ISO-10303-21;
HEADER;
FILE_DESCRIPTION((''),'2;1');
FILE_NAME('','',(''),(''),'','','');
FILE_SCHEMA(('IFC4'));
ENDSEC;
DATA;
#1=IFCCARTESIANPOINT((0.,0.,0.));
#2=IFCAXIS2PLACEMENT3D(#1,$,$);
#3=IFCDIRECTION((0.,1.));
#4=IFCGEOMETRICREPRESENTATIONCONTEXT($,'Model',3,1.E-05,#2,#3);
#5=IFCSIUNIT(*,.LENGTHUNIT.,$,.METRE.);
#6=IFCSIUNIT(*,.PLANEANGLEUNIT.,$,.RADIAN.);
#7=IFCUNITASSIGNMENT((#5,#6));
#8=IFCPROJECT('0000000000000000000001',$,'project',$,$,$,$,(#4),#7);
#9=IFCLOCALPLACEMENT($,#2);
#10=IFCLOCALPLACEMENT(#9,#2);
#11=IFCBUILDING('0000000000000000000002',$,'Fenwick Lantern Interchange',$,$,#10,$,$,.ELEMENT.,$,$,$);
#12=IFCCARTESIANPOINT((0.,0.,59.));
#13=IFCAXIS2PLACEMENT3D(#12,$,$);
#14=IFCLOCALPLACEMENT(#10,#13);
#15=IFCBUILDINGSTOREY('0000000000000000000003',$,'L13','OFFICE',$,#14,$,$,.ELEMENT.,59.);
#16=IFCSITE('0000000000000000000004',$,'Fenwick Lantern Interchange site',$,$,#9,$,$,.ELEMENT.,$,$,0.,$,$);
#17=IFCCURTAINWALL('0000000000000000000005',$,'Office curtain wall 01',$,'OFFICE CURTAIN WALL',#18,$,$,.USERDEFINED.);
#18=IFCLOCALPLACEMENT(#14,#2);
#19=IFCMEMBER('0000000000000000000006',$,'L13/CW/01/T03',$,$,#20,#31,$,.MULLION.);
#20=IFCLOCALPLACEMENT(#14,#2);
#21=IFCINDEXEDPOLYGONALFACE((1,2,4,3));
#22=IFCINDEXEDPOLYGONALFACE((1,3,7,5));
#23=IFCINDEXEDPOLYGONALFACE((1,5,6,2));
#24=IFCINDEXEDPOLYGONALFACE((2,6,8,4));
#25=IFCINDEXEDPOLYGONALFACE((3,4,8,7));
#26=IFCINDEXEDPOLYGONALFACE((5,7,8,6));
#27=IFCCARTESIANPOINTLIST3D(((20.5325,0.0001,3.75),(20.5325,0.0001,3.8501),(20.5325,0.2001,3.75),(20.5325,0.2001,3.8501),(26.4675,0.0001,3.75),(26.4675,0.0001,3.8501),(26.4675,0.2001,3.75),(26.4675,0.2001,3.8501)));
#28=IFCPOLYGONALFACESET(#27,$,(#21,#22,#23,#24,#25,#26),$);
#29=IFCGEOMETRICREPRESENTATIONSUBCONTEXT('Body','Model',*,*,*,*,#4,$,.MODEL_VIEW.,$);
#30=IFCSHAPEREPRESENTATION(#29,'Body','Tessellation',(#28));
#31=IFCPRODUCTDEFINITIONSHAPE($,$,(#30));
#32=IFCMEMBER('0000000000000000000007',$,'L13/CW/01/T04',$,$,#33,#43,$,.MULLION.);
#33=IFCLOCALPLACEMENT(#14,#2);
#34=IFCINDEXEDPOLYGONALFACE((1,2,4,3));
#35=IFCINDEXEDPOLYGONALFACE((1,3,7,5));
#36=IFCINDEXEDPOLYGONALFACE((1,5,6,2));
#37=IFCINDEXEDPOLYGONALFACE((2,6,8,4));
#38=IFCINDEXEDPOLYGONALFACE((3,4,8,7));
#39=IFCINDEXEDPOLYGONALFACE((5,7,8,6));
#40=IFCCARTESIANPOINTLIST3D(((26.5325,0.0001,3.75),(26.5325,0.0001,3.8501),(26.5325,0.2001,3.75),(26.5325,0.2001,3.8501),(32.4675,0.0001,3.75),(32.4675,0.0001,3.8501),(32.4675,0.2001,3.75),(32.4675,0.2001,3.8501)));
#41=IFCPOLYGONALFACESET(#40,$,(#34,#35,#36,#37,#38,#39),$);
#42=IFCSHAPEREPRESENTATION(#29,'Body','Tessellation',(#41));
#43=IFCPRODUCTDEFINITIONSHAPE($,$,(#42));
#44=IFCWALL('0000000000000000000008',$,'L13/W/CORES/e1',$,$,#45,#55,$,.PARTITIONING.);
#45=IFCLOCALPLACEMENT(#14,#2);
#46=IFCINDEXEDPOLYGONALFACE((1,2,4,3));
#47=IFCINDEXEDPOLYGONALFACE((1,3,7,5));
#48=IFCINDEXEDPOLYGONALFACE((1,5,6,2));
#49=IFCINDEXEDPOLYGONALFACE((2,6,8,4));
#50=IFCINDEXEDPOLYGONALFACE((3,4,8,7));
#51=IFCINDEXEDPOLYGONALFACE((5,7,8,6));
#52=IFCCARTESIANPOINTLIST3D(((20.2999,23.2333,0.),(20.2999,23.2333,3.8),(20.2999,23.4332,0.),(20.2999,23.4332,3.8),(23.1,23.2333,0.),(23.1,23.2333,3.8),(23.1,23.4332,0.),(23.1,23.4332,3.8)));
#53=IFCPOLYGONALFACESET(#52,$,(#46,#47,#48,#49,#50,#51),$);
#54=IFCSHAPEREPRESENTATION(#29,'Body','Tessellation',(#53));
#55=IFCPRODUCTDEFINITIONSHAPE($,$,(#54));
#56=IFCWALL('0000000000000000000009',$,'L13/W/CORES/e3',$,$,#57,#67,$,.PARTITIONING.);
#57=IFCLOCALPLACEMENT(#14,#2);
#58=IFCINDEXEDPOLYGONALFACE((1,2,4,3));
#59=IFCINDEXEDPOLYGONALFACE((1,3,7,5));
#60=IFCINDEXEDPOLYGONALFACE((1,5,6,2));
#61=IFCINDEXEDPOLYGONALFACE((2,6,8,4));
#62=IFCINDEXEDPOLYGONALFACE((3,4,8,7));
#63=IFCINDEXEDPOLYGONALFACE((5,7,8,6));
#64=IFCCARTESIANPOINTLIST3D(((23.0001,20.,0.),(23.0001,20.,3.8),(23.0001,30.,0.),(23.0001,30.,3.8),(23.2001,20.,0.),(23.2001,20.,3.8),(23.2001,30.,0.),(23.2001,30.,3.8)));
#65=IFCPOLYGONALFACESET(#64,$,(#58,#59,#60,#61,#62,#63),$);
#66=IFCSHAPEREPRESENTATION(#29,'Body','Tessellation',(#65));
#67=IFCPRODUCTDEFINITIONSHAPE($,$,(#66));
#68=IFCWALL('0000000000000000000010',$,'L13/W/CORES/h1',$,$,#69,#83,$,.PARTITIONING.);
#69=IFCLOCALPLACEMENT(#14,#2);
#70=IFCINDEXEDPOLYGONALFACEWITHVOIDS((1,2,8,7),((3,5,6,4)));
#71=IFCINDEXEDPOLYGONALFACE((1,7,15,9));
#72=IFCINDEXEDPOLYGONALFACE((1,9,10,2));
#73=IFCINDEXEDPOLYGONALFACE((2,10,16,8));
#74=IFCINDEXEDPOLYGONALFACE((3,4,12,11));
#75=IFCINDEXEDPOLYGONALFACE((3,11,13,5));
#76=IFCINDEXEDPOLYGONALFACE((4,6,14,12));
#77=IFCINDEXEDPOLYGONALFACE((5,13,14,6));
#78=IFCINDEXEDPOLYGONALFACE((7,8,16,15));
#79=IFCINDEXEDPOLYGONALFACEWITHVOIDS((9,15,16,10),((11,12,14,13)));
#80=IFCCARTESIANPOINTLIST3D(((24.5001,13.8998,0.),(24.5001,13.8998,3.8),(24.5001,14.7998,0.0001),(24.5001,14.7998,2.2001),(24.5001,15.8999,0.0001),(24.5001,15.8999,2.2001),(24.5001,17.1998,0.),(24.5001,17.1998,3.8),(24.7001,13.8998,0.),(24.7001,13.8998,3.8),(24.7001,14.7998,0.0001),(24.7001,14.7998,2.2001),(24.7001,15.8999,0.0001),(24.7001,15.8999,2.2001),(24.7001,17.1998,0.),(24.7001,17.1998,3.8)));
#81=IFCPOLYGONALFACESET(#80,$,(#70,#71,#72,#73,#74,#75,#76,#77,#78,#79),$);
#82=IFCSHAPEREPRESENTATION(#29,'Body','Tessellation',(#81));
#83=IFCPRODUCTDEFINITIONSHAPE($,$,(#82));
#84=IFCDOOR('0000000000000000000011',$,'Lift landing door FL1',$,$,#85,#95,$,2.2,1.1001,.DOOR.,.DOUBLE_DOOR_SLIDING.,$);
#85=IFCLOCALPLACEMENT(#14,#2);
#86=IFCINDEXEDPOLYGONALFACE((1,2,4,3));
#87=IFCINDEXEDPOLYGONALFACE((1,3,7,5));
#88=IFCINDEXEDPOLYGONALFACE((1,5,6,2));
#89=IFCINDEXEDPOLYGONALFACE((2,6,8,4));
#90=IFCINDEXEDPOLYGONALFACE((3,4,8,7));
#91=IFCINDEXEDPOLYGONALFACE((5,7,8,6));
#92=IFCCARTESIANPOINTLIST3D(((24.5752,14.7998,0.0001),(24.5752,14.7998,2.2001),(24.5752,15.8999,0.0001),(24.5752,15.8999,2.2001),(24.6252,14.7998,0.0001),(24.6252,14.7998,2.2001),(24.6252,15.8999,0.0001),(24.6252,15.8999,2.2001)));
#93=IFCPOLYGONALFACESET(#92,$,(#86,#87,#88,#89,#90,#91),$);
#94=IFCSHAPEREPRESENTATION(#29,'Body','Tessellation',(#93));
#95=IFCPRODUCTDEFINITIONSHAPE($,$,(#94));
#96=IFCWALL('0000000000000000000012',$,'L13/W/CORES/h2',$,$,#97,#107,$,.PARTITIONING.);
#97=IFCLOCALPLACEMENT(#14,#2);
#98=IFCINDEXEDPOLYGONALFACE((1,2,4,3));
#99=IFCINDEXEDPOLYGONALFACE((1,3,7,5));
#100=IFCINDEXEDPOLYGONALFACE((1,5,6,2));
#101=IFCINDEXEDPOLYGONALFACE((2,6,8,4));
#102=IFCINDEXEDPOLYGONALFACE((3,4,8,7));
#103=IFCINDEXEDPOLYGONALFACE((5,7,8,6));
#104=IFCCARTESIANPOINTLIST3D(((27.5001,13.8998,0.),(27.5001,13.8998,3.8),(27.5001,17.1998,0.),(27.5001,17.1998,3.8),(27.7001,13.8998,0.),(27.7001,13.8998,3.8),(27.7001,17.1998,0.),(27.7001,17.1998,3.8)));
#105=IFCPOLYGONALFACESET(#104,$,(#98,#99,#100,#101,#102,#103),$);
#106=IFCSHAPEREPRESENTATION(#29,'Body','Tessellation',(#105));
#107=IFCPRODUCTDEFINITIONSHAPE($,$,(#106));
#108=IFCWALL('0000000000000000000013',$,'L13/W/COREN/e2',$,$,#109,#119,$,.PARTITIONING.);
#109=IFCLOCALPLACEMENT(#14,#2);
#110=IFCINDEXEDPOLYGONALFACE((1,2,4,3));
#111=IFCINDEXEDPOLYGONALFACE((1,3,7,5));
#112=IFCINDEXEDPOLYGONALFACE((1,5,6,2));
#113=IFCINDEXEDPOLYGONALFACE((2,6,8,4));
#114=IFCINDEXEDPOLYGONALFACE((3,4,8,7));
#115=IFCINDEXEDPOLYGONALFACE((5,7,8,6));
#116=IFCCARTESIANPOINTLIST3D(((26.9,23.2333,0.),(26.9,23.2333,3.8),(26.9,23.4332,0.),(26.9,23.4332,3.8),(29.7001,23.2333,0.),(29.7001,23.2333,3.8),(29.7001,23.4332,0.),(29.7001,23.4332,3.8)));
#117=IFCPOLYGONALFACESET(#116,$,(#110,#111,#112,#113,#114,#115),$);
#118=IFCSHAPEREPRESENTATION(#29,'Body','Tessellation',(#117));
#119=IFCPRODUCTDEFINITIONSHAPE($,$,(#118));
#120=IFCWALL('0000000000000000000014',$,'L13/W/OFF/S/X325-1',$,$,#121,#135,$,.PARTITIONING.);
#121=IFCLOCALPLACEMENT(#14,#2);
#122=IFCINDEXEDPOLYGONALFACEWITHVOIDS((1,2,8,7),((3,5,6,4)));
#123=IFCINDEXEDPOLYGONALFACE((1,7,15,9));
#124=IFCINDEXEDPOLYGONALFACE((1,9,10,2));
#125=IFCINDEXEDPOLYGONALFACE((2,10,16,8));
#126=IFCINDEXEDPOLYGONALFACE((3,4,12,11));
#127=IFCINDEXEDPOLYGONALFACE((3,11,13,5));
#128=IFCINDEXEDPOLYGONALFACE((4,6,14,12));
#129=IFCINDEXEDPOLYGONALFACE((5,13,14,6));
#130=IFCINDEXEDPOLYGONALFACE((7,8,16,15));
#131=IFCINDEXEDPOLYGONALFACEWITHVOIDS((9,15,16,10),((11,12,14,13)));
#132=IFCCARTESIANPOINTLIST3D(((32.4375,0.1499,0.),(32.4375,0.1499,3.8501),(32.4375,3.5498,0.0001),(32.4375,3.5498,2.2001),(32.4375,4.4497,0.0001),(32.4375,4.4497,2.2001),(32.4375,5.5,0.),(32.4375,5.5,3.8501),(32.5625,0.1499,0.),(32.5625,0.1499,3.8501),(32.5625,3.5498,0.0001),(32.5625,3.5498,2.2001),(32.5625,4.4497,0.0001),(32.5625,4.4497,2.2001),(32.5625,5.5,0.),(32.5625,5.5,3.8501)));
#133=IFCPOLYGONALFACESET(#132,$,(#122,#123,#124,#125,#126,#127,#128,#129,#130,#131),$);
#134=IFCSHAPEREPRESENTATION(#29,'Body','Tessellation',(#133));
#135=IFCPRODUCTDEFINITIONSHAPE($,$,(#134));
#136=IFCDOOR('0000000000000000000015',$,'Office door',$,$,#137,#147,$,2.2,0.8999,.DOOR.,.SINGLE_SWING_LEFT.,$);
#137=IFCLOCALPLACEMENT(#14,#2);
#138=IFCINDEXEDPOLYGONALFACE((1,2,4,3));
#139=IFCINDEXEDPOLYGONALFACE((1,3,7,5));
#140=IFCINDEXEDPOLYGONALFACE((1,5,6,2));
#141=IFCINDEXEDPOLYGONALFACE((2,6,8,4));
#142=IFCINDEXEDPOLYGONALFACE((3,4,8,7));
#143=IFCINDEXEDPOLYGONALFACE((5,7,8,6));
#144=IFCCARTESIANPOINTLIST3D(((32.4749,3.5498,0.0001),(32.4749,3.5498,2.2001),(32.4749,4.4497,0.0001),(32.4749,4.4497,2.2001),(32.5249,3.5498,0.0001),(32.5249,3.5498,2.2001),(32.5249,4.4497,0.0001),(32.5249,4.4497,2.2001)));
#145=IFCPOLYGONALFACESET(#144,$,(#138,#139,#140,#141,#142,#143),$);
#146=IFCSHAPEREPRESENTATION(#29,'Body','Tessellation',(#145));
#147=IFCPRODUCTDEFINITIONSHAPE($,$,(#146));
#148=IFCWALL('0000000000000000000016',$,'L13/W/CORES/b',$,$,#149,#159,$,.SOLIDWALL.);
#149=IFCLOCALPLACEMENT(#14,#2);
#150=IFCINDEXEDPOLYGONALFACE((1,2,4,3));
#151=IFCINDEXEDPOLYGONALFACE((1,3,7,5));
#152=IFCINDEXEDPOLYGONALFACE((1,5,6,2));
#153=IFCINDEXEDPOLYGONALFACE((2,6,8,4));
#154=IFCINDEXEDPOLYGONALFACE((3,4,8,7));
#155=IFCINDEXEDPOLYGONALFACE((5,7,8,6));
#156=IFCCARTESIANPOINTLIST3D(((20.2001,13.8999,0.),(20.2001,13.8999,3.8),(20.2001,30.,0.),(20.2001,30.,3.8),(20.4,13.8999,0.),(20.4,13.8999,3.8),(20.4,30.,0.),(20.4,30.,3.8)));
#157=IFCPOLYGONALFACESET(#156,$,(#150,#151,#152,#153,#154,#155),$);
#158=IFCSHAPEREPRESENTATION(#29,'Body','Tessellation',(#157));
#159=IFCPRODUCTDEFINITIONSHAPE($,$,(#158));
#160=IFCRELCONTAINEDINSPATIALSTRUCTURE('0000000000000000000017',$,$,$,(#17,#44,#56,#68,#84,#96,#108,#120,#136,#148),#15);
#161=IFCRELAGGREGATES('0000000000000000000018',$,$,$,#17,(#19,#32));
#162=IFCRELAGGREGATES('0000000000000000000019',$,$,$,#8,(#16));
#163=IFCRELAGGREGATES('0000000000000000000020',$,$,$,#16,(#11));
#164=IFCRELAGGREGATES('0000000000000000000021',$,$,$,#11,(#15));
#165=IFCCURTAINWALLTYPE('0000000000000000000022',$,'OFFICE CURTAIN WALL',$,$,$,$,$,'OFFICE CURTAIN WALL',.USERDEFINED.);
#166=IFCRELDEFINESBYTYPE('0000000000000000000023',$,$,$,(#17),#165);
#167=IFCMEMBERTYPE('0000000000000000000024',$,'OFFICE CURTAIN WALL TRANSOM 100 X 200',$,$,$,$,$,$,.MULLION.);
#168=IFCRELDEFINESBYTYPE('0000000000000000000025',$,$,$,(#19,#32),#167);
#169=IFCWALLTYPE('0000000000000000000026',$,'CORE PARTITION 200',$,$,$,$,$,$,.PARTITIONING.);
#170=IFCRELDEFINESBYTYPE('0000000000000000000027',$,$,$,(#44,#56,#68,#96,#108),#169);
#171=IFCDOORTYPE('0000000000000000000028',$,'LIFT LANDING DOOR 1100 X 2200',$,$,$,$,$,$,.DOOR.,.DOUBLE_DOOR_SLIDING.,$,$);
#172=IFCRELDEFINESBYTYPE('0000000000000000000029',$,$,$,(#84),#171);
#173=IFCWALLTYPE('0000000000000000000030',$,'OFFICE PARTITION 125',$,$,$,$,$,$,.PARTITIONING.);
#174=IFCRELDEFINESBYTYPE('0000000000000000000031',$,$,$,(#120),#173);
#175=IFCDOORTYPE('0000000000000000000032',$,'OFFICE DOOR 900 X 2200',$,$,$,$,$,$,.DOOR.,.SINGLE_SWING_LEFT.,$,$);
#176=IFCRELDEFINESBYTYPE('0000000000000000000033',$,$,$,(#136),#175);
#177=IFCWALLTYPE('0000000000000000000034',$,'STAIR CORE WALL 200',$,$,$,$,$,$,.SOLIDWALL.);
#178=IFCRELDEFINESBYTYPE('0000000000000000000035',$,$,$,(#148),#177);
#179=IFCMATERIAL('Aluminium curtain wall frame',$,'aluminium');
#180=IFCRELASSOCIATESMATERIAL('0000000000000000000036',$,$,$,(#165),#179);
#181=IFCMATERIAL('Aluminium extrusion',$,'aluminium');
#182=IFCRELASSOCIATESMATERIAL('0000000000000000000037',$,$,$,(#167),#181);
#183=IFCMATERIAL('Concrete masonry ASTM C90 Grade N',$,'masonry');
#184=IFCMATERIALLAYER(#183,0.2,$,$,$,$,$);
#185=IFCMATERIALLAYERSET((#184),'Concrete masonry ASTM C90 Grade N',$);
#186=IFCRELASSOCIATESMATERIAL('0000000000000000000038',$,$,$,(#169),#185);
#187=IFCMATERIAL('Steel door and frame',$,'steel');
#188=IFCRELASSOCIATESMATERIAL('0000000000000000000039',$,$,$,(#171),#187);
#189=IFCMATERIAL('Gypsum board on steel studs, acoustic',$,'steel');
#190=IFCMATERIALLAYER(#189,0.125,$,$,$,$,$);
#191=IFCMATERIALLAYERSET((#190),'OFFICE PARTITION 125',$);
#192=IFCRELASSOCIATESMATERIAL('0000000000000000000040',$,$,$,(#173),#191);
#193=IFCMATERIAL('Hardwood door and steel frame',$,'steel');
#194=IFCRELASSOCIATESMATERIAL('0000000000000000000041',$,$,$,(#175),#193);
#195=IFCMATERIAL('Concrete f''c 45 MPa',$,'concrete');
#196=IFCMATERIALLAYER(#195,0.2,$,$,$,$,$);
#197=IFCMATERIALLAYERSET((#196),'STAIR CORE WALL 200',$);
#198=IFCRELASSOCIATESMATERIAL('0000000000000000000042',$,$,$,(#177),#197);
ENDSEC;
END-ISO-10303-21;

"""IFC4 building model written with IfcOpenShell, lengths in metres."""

from ifc_helpers import new_model, si_unit, direction, frame, frame_2d, origin, origin_2d, place, context, subcontext, project, spatial, rectangle, extrude, material, layer, layer_set, material_profile, profile_set, type_object, element, fill, aggregate, save


model = new_model("IFC4")

# Units and contexts
model_context = context("Model", 3, precision=1e-05, world=origin(), true_north=direction((0.0, 1.0)))
body_context = subcontext(model_context, "Body", "Model", "MODEL_VIEW")
ifc_project = project(units=[si_unit("LENGTHUNIT", "METRE"), si_unit("PLANEANGLEUNIT", "RADIAN")], contexts=[model_context])

# Site, building, storey
site_placement = place(None, origin())
site = spatial("IfcSite", under=ifc_project, at=site_placement, Name="Fenwick Lantern Interchange site", CompositionType="ELEMENT", RefElevation=0.0)
building_placement = place(site_placement, origin())
building = spatial("IfcBuilding", under=site, at=building_placement, Name="Fenwick Lantern Interchange", CompositionType="ELEMENT")
storey_placement = place(building_placement, frame((0.0, 0.0, 59.0)))
storey = spatial("IfcBuildingStorey", under=building, at=storey_placement, Name="L13", Description="OFFICE", CompositionType="ELEMENT", Elevation=59.0)

# Curtain wall, members
ifc_material_1 = material(Name="Aluminium curtain wall frame", Category="aluminium")
curtain_wall_type = type_object("IfcCurtainWallType", Name="OFFICE CURTAIN WALL", ElementType="OFFICE CURTAIN WALL", PredefinedType="USERDEFINED", material=ifc_material_1)
curtain_wall_placement = place(storey_placement, origin())
curtain_wall = element("IfcCurtainWall", 1, at=curtain_wall_placement, inside=storey, type_object=curtain_wall_type, Name="Office curtain wall 01", ObjectType="OFFICE CURTAIN WALL", PredefinedType="USERDEFINED")
ifc_material_2 = material(Name="Aluminium extrusion", Category="aluminium")
ifc_material_profile_1 = material_profile(ifc_material_2, rectangle(XDim=0.2, YDim=0.1001, at=origin_2d()), Name="OFFICE CURTAIN WALL TRANSOM 100 X 200")
ifc_profile_set_1 = profile_set([ifc_material_profile_1], Name="Aluminium extrusion")
member_type_1 = type_object("IfcMemberType", Name="OFFICE CURTAIN WALL TRANSOM 100 X 200", PredefinedType="MULLION", material=ifc_profile_set_1)
member_1_placement = place(storey_placement, frame((20.5325, 0.1001, 3.8), z_axis=(1.0, 0.0, 0.0), x_axis=(0.0, 1.0, 0.0)))
member_1 = element("IfcMember", 2, at=member_1_placement, type_object=member_type_1, Name="L13/CW/01/T03", PredefinedType="MULLION", context=body_context, shape_type="SweptSolid", body=[
    extrude(rectangle(XDim=0.2, YDim=0.1001, at=origin_2d()), origin(), (0.0, 0.0, 1.0), 5.9351),
])
member_2_placement = place(storey_placement, frame((26.5325, 0.1001, 3.8), z_axis=(1.0, 0.0, 0.0), x_axis=(0.0, 1.0, 0.0)))
member_2 = element("IfcMember", 3, at=member_2_placement, type_object=member_type_1, Name="L13/CW/01/T04", PredefinedType="MULLION", context=body_context, shape_type="SweptSolid", body=[
    extrude(rectangle(XDim=0.2, YDim=0.1001, at=origin_2d()), origin(), (0.0, 0.0, 1.0), 5.9351),
])
aggregate(curtain_wall, [member_1, member_2])

# Walls
ifc_material_3 = material(Name="Concrete masonry ASTM C90 Grade N", Category="masonry")
ifc_layer_1 = layer(ifc_material_3, 0.2)
ifc_layer_set_1 = layer_set([ifc_layer_1], Name="Concrete masonry ASTM C90 Grade N")
wall_type_1 = type_object("IfcWallType", Name="CORE PARTITION 200", PredefinedType="PARTITIONING", material=ifc_layer_set_1)
wall_1_placement = place(storey_placement, frame((20.3, 23.3333, 0.0), z_axis=(0.0, 0.0, 1.0), x_axis=(1.0, 0.0, 0.0)))
element("IfcWall", 4, at=wall_1_placement, inside=storey, type_object=wall_type_1, Name="L13/W/CORES/e1", PredefinedType="PARTITIONING", context=body_context, shape_type="SweptSolid", body=[
    extrude(rectangle(XDim=2.8, YDim=0.2, at=frame_2d((1.3999, 0.0))), origin(), (0.0, 0.0, 1.0), 3.8),
])
wall_2_placement = place(storey_placement, frame((23.1001, 20.0, 0.0), z_axis=(0.0, 0.0, 1.0), x_axis=(0.0, 1.0, 0.0)))
element("IfcWall", 5, at=wall_2_placement, inside=storey, type_object=wall_type_1, Name="L13/W/CORES/e3", PredefinedType="PARTITIONING", context=body_context, shape_type="SweptSolid", body=[
    extrude(rectangle(XDim=10.0, YDim=0.2, at=frame_2d((5.0, 0.0))), origin(), (0.0, 0.0, 1.0), 3.8),
])

# Wall, opening, door
wall_3_placement = place(storey_placement, frame((24.6001, 13.8999, 0.0), z_axis=(0.0, 0.0, 1.0), x_axis=(0.0, 1.0, 0.0)))
wall_3 = element("IfcWall", 6, at=wall_3_placement, inside=storey, type_object=wall_type_1, Name="L13/W/CORES/h1", PredefinedType="PARTITIONING", context=body_context, shape_type="SweptSolid", body=[
    extrude(rectangle(XDim=3.3, YDim=0.2, at=frame_2d((1.6499, 0.0))), origin(), (0.0, 0.0, 1.0), 3.8),
])
opening_1_placement = place(wall_3_placement, frame((0.8999, 0.0, 0.0)))
opening_1 = element("IfcOpeningElement", 7, at=opening_1_placement, cuts=wall_3, PredefinedType="OPENING", context=body_context, shape_type="SweptSolid", body=[
    extrude(rectangle(XDim=1.1001, YDim=2.2, at=frame_2d((0.55, 1.1001))), frame((0.0, 0.1099, 0.0), z_axis=(0.0, -1.0, 0.0), x_axis=(1.0, 0.0, 0.0)), (0.0, 0.0, 1.0), 0.22),
])
ifc_material_4 = material(Name="Steel door and frame", Category="steel")
door_type_1 = type_object("IfcDoorType", Name="LIFT LANDING DOOR 1100 X 2200", OperationType="DOUBLE_DOOR_SLIDING", PredefinedType="DOOR", material=ifc_material_4)
door_1_placement = place(opening_1_placement, origin())
door_1 = element("IfcDoor", 8, at=door_1_placement, inside=storey, type_object=door_type_1, Name="Lift landing door FL1", OperationType="DOUBLE_DOOR_SLIDING", OverallHeight=2.2, OverallWidth=1.1001, PredefinedType="DOOR", context=body_context, shape_type="SweptSolid", body=[
    extrude(rectangle(XDim=1.1001, YDim=2.2, at=frame_2d((0.55, 1.1001))), frame((0.0, 0.0249, 0.0), z_axis=(0.0, -1.0, 0.0), x_axis=(1.0, 0.0, 0.0)), (0.0, 0.0, 1.0), 0.05),
])
fill(opening_1, door_1)

# Walls
wall_4_placement = place(storey_placement, frame((27.6001, 13.8999, 0.0), z_axis=(0.0, 0.0, 1.0), x_axis=(0.0, 1.0, 0.0)))
element("IfcWall", 9, at=wall_4_placement, inside=storey, type_object=wall_type_1, Name="L13/W/CORES/h2", PredefinedType="PARTITIONING", context=body_context, shape_type="SweptSolid", body=[
    extrude(rectangle(XDim=3.3, YDim=0.2, at=frame_2d((1.6499, 0.0))), origin(), (0.0, 0.0, 1.0), 3.8),
])
wall_5_placement = place(storey_placement, frame((29.7, 23.3333, 0.0), z_axis=(0.0, 0.0, 1.0), x_axis=(-1.0, 0.0, 0.0)))
element("IfcWall", 10, at=wall_5_placement, inside=storey, type_object=wall_type_1, Name="L13/W/COREN/e2", PredefinedType="PARTITIONING", context=body_context, shape_type="SweptSolid", body=[
    extrude(rectangle(XDim=2.8, YDim=0.2, at=frame_2d((1.3999, 0.0))), origin(), (0.0, 0.0, 1.0), 3.8),
])

# Wall, opening, door
ifc_material_5 = material(Name="Gypsum board on steel studs, acoustic", Category="steel")
ifc_layer_2 = layer(ifc_material_5, 0.125)
ifc_layer_set_2 = layer_set([ifc_layer_2], Name="OFFICE PARTITION 125")
wall_type_2 = type_object("IfcWallType", Name="OFFICE PARTITION 125", PredefinedType="PARTITIONING", material=ifc_layer_set_2)
wall_6_placement = place(storey_placement, frame((32.5, 0.1499, 0.0), z_axis=(0.0, 0.0, 1.0), x_axis=(0.0, 1.0, 0.0)))
wall_6 = element("IfcWall", 11, at=wall_6_placement, inside=storey, type_object=wall_type_2, Name="L13/W/OFF/S/X325-1", PredefinedType="PARTITIONING", context=body_context, shape_type="SweptSolid", body=[
    extrude(rectangle(XDim=5.3501, YDim=0.125, at=frame_2d((2.675, 0.0))), origin(), (0.0, 0.0, 1.0), 3.8501),
])
opening_2_placement = place(wall_6_placement, frame((3.3999, 0.0, 0.0)))
opening_2 = element("IfcOpeningElement", 12, at=opening_2_placement, cuts=wall_6, PredefinedType="OPENING", context=body_context, shape_type="SweptSolid", body=[
    extrude(rectangle(XDim=0.8999, YDim=2.2, at=frame_2d((0.45, 1.1001))), frame((0.0, 0.0725, 0.0), z_axis=(0.0, -1.0, 0.0), x_axis=(1.0, 0.0, 0.0)), (0.0, 0.0, 1.0), 0.145),
])
ifc_material_6 = material(Name="Hardwood door and steel frame", Category="steel")
door_type_2 = type_object("IfcDoorType", Name="OFFICE DOOR 900 X 2200", OperationType="SINGLE_SWING_LEFT", PredefinedType="DOOR", material=ifc_material_6)
door_2_placement = place(opening_2_placement, frame((0.8999, 0.0, 0.0), z_axis=(0.0, 0.0, 1.0), x_axis=(-1.0, 0.0, 0.0)))
door_2 = element("IfcDoor", 13, at=door_2_placement, inside=storey, type_object=door_type_2, Name="Office door", OperationType="SINGLE_SWING_LEFT", OverallHeight=2.2, OverallWidth=0.8999, PredefinedType="DOOR", context=body_context, shape_type="SweptSolid", body=[
    extrude(rectangle(XDim=0.8999, YDim=2.2, at=frame_2d((0.45, 1.1001))), frame((0.0, 0.0249, 0.0), z_axis=(0.0, -1.0, 0.0), x_axis=(1.0, 0.0, 0.0)), (0.0, 0.0, 1.0), 0.05),
])
fill(opening_2, door_2)

# Wall
ifc_material_7 = material(Name="Concrete f'c 45 MPa", Category="concrete")
ifc_layer_3 = layer(ifc_material_7, 0.2)
ifc_layer_set_3 = layer_set([ifc_layer_3], Name="STAIR CORE WALL 200")
wall_type_3 = type_object("IfcWallType", Name="STAIR CORE WALL 200", PredefinedType="SOLIDWALL", material=ifc_layer_set_3)
wall_7_placement = place(storey_placement, frame((20.3, 13.8999, 0.0), z_axis=(0.0, 0.0, 1.0), x_axis=(0.0, 1.0, 0.0)))
element("IfcWall", 14, at=wall_7_placement, inside=storey, type_object=wall_type_3, Name="L13/W/CORES/b", PredefinedType="SOLIDWALL", context=body_context, shape_type="SweptSolid", body=[
    extrude(rectangle(XDim=16.1001, YDim=0.2, at=frame_2d((8.05, 0.0))), origin(), (0.0, 0.0, 1.0), 3.8),
])

save(model, "model.ifc")
